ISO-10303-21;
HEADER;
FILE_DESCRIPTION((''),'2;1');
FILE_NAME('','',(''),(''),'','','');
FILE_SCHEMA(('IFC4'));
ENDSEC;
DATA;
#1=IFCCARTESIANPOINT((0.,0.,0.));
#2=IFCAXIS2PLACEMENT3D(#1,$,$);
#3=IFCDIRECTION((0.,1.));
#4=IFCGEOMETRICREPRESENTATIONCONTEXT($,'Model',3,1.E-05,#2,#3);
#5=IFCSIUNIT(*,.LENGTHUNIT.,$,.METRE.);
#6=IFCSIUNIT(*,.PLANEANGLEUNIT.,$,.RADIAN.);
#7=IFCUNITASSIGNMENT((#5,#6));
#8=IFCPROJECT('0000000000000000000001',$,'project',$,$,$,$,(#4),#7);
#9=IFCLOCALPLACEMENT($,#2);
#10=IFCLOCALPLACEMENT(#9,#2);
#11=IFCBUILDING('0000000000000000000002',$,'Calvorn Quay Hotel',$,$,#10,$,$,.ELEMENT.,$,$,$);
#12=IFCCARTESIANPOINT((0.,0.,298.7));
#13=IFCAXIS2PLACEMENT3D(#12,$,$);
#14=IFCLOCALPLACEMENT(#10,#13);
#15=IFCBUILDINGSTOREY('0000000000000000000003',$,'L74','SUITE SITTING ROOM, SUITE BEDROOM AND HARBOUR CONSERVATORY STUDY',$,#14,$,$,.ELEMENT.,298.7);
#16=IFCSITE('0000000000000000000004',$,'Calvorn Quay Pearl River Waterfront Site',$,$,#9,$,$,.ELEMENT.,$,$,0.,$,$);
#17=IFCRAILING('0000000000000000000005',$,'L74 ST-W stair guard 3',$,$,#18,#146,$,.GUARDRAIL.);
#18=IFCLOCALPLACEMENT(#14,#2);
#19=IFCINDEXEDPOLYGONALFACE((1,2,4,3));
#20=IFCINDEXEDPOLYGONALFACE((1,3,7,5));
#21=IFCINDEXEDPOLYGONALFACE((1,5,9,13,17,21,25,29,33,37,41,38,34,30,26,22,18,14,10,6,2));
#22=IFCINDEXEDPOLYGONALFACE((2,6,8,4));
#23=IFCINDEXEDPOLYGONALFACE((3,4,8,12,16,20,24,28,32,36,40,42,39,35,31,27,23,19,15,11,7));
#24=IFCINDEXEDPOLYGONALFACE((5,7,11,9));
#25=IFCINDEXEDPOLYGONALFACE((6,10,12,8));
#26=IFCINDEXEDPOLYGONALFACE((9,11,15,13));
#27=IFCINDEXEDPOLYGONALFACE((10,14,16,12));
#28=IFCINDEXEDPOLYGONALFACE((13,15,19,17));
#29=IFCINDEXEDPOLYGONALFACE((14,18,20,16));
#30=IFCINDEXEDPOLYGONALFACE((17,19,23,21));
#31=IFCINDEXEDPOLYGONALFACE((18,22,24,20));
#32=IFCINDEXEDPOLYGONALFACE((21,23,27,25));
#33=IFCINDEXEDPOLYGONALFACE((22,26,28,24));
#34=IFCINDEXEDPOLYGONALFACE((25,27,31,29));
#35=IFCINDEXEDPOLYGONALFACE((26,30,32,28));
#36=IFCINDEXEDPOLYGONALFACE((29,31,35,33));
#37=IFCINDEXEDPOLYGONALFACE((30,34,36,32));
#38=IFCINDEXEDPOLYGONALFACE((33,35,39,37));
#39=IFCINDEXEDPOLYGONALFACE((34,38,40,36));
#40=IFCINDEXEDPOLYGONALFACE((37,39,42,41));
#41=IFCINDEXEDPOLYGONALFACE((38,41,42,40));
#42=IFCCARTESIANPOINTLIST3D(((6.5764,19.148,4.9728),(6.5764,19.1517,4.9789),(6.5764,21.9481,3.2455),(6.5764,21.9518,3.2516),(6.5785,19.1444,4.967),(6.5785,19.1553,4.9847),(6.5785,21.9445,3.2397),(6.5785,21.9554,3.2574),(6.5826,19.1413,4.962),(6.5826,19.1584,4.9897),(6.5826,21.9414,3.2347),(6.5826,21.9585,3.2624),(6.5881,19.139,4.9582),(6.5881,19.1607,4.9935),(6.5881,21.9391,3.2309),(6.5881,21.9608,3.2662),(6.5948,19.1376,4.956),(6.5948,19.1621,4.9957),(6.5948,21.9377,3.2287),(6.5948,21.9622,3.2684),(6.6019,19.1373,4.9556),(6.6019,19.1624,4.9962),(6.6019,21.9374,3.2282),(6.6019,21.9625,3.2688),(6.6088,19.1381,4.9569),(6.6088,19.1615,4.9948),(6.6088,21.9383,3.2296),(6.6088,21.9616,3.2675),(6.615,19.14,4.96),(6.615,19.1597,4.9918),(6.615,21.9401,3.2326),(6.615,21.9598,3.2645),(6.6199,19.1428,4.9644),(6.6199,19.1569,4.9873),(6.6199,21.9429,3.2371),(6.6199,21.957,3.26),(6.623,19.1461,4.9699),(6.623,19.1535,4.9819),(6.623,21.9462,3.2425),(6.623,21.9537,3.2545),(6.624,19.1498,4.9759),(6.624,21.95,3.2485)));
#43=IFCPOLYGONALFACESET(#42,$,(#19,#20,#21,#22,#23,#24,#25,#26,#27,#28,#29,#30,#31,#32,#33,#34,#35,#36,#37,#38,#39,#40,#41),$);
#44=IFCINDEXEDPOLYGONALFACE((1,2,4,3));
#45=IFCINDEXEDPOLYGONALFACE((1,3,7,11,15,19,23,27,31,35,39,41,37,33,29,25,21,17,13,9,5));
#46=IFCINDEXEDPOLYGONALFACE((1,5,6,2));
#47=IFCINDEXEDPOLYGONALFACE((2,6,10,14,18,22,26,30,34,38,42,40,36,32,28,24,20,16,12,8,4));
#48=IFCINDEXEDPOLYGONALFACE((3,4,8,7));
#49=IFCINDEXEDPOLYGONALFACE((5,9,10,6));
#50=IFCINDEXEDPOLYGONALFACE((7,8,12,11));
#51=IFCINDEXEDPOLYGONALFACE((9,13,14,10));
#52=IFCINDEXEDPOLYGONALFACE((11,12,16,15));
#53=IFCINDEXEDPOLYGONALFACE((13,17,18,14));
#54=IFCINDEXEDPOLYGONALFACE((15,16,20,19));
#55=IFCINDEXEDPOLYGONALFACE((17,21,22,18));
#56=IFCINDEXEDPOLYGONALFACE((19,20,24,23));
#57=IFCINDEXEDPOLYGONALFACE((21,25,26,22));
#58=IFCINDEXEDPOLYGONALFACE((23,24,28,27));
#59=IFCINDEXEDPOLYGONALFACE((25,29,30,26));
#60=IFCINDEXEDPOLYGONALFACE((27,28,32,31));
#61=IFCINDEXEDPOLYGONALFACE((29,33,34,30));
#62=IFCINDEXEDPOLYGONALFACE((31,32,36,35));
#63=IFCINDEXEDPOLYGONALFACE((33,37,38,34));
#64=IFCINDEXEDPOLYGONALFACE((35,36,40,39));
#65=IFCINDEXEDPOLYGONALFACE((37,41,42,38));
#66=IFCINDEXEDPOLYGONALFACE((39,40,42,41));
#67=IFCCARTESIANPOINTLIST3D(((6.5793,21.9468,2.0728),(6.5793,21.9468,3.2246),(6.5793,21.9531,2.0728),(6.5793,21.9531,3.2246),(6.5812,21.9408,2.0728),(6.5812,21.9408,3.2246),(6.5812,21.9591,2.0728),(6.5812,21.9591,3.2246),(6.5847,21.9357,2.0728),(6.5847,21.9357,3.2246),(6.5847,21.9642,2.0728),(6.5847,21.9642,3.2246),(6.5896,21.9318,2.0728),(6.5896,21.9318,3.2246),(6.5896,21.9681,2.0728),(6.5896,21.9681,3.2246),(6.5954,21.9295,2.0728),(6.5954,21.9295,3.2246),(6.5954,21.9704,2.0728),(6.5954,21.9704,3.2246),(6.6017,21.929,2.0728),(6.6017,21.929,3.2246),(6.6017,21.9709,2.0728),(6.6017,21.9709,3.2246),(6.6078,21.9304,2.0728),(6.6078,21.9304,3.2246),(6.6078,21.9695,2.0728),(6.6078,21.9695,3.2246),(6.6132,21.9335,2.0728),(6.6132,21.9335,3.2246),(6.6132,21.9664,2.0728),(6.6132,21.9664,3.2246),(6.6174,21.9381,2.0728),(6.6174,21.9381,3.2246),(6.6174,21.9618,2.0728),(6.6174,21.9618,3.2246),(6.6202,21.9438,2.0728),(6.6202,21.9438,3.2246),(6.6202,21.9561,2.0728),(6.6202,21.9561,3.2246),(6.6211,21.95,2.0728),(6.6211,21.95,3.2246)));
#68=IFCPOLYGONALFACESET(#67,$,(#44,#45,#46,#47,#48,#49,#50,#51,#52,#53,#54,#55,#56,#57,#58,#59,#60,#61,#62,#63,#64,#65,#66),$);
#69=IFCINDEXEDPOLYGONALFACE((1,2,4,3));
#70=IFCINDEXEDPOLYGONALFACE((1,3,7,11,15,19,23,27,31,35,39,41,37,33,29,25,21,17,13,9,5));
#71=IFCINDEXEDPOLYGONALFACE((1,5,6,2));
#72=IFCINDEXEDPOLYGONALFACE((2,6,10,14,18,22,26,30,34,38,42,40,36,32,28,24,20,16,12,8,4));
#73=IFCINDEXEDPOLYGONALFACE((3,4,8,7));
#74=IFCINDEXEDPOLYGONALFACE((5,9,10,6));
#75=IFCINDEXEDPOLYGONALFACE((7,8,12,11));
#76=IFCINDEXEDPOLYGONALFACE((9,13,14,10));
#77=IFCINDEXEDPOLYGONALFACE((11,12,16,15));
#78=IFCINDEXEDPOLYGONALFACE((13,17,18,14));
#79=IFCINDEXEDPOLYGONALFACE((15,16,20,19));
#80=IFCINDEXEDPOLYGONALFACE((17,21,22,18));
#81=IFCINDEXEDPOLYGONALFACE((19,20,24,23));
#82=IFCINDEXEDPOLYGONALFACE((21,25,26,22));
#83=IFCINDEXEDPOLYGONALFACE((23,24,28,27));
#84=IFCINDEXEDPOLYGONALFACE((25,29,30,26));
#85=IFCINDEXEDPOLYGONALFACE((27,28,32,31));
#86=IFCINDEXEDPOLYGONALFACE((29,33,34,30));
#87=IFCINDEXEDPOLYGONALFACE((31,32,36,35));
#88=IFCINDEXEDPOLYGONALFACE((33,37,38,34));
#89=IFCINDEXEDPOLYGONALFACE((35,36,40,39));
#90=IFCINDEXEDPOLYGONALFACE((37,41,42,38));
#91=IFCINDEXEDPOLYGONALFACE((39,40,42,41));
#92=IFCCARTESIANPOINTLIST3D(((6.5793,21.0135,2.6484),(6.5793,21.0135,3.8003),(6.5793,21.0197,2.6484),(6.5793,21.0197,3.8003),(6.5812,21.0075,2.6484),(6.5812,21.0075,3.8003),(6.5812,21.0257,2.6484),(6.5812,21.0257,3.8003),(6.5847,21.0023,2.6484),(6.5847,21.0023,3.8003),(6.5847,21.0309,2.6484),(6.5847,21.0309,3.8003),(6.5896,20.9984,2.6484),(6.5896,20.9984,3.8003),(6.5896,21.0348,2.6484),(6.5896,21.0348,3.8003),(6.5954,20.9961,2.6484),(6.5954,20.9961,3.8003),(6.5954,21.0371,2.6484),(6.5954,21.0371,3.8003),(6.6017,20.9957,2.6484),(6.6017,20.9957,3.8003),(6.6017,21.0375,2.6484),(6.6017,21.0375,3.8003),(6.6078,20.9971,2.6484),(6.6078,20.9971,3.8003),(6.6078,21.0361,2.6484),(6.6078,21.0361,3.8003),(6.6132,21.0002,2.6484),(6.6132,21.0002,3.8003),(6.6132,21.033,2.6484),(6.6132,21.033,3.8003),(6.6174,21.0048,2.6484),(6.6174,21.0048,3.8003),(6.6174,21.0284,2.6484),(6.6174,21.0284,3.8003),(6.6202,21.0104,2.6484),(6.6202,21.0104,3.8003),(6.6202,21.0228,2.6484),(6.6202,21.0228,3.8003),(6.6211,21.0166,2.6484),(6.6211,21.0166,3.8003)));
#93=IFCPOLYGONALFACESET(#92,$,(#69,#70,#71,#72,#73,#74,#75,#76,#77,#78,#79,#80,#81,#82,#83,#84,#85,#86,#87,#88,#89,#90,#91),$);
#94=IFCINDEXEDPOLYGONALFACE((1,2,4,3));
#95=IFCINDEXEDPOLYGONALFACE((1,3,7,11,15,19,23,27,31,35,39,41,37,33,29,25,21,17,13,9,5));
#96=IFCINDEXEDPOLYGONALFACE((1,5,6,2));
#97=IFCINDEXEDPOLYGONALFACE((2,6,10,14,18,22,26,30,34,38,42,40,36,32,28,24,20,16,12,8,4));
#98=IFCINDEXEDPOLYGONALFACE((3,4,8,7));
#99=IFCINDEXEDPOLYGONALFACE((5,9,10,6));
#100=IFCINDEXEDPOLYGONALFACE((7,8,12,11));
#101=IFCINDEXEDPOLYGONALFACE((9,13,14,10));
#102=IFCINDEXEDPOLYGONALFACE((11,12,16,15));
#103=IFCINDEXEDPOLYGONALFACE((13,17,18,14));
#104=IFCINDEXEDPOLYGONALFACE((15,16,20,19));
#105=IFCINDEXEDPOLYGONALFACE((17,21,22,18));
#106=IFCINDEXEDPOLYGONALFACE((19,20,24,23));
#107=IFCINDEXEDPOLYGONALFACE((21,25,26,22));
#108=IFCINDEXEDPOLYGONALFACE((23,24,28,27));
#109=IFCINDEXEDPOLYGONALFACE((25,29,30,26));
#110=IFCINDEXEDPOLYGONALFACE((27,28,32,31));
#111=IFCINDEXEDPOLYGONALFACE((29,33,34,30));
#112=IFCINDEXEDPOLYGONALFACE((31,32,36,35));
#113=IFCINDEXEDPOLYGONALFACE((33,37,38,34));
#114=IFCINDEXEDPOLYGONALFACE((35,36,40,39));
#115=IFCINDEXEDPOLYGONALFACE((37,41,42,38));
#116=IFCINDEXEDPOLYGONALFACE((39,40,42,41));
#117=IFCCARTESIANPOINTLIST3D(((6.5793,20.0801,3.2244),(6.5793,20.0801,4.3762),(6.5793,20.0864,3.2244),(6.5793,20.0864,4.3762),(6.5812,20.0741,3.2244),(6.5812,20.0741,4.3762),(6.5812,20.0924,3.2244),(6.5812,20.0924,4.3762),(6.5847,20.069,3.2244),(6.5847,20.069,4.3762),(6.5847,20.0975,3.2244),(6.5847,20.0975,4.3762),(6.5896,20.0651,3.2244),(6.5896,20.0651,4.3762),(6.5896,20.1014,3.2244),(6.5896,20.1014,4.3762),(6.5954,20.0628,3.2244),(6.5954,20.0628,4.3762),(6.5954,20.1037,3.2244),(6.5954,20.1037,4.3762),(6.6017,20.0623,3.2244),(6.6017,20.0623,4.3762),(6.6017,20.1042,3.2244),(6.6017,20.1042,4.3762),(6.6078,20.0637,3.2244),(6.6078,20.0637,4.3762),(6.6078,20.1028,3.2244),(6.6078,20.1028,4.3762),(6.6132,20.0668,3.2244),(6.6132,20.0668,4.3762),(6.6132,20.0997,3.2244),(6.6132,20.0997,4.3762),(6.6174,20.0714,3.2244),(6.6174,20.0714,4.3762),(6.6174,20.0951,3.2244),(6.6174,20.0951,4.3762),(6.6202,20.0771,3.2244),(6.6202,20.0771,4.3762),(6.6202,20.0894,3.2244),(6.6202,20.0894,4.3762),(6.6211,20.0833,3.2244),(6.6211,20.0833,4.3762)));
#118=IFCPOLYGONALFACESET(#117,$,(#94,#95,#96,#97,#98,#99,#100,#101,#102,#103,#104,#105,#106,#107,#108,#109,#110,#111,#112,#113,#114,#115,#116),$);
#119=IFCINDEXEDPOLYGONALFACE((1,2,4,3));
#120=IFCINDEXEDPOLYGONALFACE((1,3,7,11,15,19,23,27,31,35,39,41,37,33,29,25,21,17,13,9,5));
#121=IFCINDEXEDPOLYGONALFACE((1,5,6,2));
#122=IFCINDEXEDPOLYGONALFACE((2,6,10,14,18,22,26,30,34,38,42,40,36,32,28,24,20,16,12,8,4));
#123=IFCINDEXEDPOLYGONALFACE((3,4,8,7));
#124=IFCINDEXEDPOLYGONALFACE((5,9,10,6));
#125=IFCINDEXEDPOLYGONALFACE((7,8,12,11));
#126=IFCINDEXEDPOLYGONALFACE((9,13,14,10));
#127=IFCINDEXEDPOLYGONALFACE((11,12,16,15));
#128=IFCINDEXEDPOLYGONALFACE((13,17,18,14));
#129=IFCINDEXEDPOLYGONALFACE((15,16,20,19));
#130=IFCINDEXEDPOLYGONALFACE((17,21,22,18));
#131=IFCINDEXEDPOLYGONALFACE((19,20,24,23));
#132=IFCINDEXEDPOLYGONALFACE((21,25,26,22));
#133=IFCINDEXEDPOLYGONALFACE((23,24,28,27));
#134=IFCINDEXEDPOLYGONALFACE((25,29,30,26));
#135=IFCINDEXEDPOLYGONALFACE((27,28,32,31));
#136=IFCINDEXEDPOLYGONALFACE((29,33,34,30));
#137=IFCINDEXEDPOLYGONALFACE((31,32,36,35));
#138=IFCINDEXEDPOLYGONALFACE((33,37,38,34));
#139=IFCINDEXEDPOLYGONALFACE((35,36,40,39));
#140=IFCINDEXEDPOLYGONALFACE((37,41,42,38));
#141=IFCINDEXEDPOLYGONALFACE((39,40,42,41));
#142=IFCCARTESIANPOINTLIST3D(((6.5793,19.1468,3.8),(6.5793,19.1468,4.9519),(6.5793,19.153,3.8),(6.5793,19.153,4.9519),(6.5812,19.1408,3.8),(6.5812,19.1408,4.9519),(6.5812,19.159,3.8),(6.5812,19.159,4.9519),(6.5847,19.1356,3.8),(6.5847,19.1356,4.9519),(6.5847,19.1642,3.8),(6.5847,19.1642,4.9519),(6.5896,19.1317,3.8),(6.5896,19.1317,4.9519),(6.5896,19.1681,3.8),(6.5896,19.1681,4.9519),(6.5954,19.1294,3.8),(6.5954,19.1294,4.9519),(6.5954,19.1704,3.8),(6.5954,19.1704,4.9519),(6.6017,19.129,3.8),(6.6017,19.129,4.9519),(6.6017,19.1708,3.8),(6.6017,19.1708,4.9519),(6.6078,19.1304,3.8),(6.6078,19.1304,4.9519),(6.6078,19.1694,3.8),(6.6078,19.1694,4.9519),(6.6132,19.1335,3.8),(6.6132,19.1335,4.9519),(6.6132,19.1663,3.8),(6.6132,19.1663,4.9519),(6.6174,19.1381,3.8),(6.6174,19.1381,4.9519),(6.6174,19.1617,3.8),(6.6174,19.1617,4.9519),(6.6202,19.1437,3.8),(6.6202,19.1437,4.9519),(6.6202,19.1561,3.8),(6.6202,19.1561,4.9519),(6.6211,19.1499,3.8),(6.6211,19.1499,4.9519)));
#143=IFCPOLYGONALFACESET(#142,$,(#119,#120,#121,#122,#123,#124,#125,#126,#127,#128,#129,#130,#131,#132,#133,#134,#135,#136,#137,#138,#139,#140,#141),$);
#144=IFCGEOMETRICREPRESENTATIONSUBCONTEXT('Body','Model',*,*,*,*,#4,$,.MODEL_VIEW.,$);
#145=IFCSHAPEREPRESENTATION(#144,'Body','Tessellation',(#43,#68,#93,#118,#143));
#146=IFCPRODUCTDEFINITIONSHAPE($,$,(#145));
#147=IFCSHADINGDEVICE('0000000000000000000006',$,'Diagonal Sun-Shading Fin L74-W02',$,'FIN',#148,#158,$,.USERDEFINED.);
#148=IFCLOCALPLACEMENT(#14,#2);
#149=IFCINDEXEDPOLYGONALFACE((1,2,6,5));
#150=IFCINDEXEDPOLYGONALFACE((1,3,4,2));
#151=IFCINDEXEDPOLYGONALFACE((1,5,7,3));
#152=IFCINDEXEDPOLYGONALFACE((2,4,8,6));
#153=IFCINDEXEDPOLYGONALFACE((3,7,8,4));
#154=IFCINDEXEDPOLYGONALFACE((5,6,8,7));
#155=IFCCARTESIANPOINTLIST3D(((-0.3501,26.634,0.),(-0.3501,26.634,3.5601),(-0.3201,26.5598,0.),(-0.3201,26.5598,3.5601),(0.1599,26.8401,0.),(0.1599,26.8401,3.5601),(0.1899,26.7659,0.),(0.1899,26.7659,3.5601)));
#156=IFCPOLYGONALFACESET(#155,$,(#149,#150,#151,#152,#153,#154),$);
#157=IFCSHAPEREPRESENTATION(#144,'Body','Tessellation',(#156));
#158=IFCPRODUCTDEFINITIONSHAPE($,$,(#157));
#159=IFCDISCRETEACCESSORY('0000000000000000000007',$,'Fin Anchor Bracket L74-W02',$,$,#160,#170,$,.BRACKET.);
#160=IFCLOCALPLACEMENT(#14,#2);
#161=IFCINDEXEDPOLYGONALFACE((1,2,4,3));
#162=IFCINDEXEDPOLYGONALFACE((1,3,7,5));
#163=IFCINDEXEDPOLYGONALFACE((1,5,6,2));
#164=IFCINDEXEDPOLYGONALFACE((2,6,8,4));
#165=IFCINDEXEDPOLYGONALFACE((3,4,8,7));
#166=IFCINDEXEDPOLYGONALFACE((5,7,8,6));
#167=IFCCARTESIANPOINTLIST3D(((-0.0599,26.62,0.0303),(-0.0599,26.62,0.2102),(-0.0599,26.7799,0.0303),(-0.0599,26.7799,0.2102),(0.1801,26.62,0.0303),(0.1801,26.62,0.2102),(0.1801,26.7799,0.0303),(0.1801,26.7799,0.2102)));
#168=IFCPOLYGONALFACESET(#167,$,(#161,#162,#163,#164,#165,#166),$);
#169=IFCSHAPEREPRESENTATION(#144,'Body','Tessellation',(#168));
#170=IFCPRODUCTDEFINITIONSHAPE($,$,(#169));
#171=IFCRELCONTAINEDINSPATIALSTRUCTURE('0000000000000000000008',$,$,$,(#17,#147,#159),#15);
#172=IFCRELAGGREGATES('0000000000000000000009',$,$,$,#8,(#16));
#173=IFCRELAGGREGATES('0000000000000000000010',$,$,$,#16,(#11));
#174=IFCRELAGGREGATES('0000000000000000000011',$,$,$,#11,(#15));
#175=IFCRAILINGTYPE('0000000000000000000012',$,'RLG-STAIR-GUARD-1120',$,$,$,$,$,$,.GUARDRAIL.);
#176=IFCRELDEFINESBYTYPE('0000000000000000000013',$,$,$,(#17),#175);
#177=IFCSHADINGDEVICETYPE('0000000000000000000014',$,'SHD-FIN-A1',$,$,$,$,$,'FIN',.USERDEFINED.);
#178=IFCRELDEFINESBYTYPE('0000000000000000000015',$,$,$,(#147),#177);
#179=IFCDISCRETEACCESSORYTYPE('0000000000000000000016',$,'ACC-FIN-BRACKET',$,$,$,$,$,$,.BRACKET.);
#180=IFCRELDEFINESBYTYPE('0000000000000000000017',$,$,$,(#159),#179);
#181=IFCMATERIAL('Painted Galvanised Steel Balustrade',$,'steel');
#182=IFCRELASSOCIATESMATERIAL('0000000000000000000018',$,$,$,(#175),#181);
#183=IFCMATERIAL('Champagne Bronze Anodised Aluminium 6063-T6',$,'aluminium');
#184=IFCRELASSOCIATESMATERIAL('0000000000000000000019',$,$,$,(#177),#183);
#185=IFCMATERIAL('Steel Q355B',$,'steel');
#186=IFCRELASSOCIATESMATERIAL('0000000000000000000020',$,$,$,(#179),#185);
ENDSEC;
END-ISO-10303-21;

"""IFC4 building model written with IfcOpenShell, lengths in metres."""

from ifc_helpers import new_model, si_unit, direction, frame, origin, origin_2d, place, context, subcontext, project, spatial, rectangle, circle, extrude, material, type_object, element, save


model = new_model("IFC4")

# Units and contexts
model_context = context("Model", 3, precision=1e-05, world=origin(), true_north=direction((0.0, 1.0)))
body_context = subcontext(model_context, "Body", "Model", "MODEL_VIEW")
ifc_project = project(units=[si_unit("LENGTHUNIT", "METRE"), si_unit("PLANEANGLEUNIT", "RADIAN")], contexts=[model_context])

# Site, building, storey
site_placement = place(None, origin())
site = spatial("IfcSite", under=ifc_project, at=site_placement, Name="Calvorn Quay Pearl River Waterfront Site", CompositionType="ELEMENT", RefElevation=0.0)
building_placement = place(site_placement, origin())
building = spatial("IfcBuilding", under=site, at=building_placement, Name="Calvorn Quay Hotel", CompositionType="ELEMENT")
storey_placement = place(building_placement, frame((0.0, 0.0, 298.7)))
storey = spatial("IfcBuildingStorey", under=building, at=storey_placement, Name="L74", Description="SUITE SITTING ROOM, SUITE BEDROOM AND HARBOUR CONSERVATORY STUDY", CompositionType="ELEMENT", Elevation=298.7)

# Railing
ifc_material_1 = material(Name="Painted Galvanised Steel Balustrade", Category="steel")
railing_type_1 = type_object("IfcRailingType", Name="RLG-STAIR-GUARD-1120", PredefinedType="GUARDRAIL", material=ifc_material_1)
railing_1_placement = place(storey_placement, frame((6.6001, 21.95, 2.0728)))
element("IfcRailing", 1, at=railing_1_placement, inside=storey, type_object=railing_type_1, Name="L74 ST-W stair guard 3", PredefinedType="GUARDRAIL", context=body_context, shape_type="SweptSolid", body=[
    extrude(circle(Radius=0.0239, at=origin_2d()), frame((0.0, 0.0, 1.1758), z_axis=(0.0, -0.85109, 0.52502), x_axis=(1.0, 0.0, 0.0)), (0.0, 0.0, 1.0), 3.29),
    extrude(circle(Radius=0.021, at=origin_2d()), origin(), (0.0, 0.0, 1.0), 1.1519),
    extrude(circle(Radius=0.021, at=origin_2d()), frame((0.0, -0.9333, 0.5757)), (0.0, 0.0, 1.0), 1.1519),
    extrude(circle(Radius=0.021, at=origin_2d()), frame((0.0, -1.8667, 1.1516)), (0.0, 0.0, 1.0), 1.1519),
    extrude(circle(Radius=0.021, at=origin_2d()), frame((0.0, -2.8, 1.7273)), (0.0, 0.0, 1.0), 1.1519),
])

# Shading device
ifc_material_2 = material(Name="Champagne Bronze Anodised Aluminium 6063-T6", Category="aluminium")
shading_device_type = type_object("IfcShadingDeviceType", Name="SHD-FIN-A1", ElementType="FIN", PredefinedType="USERDEFINED", material=ifc_material_2)
shading_device_placement = place(storey_placement, frame((-0.0801, 26.7, 0.0), z_axis=(0.0, 0.0, 1.0), x_axis=(0.927184, 0.374607, 0.0)))
element("IfcShadingDevice", 2, at=shading_device_placement, inside=storey, type_object=shading_device_type, Name="Diagonal Sun-Shading Fin L74-W02", ObjectType="FIN", PredefinedType="USERDEFINED", context=body_context, shape_type="SweptSolid", body=[
    extrude(rectangle(XDim=0.55, YDim=0.0801, at=origin_2d()), origin(), (0.0, 0.0, 1.0), 3.5601),
])

# Discrete accessory
ifc_material_3 = material(Name="Steel Q355B", Category="steel")
discrete_accessory_type = type_object("IfcDiscreteAccessoryType", Name="ACC-FIN-BRACKET", PredefinedType="BRACKET", material=ifc_material_3)
discrete_accessory_placement = place(storey_placement, frame((0.0601, 26.7, 0.0303), z_axis=(0.0, 0.0, 1.0), x_axis=(1.0, 0.0, 0.0)))
element("IfcDiscreteAccessory", 3, at=discrete_accessory_placement, inside=storey, type_object=discrete_accessory_type, Name="Fin Anchor Bracket L74-W02", PredefinedType="BRACKET", context=body_context, shape_type="SweptSolid", body=[
    extrude(rectangle(XDim=0.24, YDim=0.1599, at=origin_2d()), origin(), (0.0, 0.0, 1.0), 0.1799),
])

save(model, "model.ifc")
